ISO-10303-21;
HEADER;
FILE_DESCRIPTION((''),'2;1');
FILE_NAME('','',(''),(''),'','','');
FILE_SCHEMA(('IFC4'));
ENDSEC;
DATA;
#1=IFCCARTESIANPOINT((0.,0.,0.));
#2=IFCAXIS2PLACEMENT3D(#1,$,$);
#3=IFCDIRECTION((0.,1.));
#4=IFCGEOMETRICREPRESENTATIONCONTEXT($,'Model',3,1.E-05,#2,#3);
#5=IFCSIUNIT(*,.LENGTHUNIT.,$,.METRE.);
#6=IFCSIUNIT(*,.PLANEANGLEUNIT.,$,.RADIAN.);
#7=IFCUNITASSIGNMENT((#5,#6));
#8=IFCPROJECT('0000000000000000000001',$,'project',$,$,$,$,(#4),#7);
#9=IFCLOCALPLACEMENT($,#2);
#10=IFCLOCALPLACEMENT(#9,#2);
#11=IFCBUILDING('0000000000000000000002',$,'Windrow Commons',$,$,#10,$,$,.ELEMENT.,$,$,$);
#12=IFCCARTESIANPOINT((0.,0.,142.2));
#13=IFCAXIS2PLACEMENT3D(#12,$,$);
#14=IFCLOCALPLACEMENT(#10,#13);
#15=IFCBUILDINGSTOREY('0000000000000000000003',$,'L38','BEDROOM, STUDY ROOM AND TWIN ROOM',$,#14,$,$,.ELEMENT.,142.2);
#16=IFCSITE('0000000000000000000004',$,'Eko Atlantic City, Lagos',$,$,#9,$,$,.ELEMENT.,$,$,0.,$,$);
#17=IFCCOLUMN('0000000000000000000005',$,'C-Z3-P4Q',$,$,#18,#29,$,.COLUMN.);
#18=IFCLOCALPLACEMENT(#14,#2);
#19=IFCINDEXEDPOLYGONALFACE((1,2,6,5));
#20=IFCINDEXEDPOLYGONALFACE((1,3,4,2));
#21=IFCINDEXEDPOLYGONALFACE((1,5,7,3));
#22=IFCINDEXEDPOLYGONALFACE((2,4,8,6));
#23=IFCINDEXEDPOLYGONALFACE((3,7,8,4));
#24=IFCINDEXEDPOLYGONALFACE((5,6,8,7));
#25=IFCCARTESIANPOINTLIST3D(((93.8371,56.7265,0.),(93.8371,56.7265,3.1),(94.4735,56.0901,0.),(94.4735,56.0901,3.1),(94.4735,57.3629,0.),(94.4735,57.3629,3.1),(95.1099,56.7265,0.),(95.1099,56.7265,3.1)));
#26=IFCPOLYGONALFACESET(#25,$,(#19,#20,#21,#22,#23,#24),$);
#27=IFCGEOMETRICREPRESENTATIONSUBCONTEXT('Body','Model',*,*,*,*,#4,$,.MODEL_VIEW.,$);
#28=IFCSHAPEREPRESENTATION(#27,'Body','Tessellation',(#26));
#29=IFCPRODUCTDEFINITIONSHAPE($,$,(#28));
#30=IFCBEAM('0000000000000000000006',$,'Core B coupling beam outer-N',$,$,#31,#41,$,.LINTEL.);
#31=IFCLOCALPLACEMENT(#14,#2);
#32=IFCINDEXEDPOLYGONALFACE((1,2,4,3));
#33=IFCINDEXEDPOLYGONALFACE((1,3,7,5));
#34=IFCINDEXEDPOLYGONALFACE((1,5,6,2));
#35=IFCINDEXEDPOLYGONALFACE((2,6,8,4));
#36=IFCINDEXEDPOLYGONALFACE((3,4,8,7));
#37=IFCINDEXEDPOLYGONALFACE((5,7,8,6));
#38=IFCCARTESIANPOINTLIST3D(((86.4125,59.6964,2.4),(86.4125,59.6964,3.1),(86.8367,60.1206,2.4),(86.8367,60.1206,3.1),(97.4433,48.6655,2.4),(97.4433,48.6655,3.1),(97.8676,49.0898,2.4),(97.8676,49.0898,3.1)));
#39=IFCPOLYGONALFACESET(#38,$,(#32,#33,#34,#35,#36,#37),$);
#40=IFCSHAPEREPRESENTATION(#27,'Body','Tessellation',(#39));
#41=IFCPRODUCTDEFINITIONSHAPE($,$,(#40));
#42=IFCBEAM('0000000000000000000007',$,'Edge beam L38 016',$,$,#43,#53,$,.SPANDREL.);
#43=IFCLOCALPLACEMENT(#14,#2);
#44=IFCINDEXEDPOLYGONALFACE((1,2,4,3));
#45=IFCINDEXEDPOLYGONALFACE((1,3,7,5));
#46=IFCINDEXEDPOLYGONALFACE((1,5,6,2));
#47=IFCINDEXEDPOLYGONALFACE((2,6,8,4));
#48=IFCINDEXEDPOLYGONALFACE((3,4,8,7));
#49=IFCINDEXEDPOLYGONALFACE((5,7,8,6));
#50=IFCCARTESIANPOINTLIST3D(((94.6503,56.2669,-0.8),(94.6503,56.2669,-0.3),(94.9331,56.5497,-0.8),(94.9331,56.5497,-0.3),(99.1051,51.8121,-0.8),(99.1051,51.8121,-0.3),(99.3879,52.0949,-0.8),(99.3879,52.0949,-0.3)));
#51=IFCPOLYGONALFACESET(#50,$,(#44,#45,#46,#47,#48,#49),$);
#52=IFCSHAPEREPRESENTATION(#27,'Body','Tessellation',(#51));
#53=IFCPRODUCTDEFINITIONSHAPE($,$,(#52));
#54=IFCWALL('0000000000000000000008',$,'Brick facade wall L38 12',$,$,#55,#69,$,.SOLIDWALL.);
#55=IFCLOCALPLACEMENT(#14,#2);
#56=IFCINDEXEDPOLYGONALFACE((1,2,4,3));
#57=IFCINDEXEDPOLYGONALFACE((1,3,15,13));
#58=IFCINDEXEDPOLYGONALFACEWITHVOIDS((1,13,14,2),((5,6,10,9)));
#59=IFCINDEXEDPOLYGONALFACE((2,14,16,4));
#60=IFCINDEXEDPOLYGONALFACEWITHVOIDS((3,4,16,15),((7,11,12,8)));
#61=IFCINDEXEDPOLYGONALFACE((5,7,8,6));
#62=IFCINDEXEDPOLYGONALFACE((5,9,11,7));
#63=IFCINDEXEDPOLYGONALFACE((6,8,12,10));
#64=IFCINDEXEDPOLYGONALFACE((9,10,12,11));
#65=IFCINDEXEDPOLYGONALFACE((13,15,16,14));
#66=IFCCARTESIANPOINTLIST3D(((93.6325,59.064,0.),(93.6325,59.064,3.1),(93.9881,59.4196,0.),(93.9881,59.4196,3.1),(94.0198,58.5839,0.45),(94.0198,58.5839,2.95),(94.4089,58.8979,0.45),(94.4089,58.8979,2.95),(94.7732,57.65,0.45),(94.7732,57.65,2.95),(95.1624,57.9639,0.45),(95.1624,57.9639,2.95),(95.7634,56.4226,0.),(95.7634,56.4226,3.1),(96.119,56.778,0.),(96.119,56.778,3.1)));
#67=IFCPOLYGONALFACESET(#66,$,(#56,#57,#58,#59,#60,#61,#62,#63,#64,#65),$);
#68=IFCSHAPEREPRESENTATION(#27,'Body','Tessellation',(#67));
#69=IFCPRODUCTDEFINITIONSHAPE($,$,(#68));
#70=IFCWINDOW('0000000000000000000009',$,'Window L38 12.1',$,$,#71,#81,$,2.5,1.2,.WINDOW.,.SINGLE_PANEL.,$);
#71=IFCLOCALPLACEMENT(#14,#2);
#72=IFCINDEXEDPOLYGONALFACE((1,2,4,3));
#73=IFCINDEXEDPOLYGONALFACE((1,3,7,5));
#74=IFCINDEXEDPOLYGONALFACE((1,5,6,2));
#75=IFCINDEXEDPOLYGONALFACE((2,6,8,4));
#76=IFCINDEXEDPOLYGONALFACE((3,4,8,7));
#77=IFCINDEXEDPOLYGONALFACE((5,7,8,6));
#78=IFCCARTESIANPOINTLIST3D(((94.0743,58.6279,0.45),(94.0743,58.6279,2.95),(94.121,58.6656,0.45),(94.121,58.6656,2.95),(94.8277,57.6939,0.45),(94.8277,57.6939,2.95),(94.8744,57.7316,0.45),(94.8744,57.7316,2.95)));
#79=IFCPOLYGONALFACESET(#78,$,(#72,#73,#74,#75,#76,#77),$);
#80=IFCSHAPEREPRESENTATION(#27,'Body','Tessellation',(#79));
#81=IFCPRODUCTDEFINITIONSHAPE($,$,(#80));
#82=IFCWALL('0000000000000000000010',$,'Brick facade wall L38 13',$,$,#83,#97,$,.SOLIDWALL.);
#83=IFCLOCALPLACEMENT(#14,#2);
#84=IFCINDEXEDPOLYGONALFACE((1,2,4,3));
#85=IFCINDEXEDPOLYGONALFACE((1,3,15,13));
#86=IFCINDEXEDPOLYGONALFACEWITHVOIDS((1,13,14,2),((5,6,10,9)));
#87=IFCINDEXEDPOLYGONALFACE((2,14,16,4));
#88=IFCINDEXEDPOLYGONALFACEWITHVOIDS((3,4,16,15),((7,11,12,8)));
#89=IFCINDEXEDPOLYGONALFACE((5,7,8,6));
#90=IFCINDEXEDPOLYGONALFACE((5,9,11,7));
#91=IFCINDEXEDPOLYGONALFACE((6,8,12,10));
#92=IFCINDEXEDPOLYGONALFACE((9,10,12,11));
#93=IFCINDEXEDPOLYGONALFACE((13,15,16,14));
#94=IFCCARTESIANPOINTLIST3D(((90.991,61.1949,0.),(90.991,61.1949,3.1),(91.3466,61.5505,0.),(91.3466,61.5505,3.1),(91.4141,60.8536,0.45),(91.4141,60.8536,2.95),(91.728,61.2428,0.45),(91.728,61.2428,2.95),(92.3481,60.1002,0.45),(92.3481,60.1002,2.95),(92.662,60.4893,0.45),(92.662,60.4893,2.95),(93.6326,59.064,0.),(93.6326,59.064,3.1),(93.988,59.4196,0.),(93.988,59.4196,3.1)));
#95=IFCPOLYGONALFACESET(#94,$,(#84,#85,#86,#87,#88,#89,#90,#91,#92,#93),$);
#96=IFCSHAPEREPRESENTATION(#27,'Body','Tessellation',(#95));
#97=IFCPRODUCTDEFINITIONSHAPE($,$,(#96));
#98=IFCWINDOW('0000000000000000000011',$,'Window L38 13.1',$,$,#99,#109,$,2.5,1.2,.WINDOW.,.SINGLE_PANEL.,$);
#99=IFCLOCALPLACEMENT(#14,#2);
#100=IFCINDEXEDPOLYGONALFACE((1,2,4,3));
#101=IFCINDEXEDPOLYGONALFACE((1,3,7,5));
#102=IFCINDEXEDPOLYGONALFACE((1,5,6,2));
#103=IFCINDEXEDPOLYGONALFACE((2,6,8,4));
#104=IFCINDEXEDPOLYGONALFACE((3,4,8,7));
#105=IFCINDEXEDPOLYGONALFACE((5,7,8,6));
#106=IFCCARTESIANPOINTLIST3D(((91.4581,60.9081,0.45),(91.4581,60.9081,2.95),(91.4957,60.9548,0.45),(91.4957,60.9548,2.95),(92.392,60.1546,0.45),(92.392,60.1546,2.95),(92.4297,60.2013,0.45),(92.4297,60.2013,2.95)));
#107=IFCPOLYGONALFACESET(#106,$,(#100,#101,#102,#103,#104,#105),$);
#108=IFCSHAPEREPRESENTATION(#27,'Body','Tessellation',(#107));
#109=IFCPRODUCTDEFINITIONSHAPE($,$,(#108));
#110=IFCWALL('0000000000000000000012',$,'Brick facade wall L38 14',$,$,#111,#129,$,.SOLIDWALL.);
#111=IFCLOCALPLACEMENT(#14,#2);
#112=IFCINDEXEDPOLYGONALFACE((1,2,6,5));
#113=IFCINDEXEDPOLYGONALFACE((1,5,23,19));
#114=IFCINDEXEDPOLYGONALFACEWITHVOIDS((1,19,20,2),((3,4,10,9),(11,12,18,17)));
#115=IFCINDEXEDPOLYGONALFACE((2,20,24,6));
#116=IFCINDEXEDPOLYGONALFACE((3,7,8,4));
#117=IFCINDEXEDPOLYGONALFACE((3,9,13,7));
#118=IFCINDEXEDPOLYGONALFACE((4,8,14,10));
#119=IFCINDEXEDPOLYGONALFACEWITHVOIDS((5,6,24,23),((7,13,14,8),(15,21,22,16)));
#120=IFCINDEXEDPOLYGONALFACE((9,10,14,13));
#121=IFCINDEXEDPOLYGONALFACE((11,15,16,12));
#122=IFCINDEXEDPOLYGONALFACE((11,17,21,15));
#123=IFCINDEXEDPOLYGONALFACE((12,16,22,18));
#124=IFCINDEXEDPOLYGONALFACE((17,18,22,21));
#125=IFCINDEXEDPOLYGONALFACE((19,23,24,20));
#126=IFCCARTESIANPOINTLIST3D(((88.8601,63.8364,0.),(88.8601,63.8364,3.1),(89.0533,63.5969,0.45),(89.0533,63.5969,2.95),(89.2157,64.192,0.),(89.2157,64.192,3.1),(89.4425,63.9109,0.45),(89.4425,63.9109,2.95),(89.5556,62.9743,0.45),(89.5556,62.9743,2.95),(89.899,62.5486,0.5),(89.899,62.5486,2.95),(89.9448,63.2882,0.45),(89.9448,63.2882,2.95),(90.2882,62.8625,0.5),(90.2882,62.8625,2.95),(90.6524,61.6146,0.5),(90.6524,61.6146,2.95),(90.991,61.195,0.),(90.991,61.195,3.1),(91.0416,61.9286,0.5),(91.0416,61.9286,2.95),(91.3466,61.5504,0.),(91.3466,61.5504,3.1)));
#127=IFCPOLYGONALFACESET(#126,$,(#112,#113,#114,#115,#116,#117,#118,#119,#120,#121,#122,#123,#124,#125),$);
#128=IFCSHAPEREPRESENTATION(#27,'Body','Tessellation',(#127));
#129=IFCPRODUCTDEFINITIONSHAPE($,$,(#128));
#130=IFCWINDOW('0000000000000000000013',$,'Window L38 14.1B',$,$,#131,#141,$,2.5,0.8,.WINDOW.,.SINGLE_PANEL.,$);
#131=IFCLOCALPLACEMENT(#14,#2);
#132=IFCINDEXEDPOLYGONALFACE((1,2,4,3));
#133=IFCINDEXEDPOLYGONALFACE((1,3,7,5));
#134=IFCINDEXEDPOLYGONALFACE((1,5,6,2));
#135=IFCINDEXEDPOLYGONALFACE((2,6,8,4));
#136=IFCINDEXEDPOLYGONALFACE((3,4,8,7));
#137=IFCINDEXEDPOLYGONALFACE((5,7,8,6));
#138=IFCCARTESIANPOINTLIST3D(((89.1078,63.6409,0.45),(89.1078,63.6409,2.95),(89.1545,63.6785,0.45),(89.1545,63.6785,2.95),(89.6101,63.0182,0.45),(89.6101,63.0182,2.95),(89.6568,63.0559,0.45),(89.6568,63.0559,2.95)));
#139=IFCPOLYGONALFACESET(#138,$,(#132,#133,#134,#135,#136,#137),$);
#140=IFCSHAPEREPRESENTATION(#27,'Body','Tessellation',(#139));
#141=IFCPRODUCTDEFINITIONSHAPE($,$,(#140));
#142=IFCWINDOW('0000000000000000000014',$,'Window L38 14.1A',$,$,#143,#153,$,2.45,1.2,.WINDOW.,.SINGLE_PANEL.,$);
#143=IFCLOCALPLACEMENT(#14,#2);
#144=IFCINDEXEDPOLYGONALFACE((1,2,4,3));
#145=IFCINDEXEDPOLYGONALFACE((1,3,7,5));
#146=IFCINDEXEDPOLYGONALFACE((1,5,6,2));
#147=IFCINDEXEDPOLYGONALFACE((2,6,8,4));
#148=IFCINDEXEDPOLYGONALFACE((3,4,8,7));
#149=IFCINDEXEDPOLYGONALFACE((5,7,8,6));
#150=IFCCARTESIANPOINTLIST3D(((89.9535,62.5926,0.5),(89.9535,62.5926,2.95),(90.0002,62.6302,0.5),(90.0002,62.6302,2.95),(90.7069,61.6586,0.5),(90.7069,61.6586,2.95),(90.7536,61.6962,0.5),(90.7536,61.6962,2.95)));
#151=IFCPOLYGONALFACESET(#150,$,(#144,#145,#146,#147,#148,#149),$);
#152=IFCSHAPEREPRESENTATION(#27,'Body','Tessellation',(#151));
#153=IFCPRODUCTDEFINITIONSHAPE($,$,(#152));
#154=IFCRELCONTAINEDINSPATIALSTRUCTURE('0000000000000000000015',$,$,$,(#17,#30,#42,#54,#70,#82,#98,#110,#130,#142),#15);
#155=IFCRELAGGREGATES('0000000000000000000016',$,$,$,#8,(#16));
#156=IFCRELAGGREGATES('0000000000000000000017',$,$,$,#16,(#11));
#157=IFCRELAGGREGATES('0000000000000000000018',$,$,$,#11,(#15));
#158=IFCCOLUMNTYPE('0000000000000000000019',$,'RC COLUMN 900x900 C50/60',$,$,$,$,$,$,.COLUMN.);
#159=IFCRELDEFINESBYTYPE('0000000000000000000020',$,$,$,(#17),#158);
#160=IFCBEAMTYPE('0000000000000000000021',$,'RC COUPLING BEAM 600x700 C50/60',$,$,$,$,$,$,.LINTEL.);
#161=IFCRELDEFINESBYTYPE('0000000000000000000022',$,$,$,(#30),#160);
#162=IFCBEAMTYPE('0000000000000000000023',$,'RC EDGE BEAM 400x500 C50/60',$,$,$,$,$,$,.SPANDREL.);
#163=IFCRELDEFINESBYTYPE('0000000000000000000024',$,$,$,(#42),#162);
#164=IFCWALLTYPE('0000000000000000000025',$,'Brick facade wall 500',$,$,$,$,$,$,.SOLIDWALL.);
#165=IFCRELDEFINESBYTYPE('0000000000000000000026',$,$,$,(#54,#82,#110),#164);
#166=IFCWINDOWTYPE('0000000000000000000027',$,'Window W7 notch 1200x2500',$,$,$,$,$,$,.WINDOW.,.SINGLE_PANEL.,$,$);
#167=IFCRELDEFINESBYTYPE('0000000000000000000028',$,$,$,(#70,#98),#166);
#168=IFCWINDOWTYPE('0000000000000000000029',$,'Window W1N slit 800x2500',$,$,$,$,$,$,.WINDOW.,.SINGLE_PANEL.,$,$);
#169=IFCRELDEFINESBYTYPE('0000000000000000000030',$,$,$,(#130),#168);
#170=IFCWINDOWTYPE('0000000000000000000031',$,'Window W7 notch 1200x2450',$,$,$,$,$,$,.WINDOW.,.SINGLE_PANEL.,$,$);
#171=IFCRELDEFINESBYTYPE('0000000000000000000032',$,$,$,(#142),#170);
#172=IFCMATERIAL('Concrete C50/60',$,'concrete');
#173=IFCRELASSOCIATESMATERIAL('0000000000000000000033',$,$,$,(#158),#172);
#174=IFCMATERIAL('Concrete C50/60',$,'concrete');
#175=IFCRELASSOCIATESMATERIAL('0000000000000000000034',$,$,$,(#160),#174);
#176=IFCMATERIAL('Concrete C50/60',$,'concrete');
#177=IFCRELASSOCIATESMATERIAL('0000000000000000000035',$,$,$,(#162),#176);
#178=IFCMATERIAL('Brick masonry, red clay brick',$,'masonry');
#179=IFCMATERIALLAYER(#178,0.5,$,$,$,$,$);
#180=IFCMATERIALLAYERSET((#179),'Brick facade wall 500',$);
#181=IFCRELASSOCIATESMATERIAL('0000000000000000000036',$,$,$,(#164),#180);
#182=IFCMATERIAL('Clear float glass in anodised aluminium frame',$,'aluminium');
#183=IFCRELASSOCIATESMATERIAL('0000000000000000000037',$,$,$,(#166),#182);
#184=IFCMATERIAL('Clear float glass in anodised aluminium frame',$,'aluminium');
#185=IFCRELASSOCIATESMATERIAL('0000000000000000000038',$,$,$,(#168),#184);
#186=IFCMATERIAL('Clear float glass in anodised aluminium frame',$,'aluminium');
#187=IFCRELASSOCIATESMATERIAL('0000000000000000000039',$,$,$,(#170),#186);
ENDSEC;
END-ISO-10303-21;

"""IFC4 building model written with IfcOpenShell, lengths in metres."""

from ifc_helpers import new_model, si_unit, direction, frame, frame_2d, origin, origin_2d, place, context, subcontext, project, spatial, polyline, rectangle, outline, extrude, material, layer, layer_set, material_profile, profile_set, type_object, element, fill, save


model = new_model("IFC4")

# Units and contexts
model_context = context("Model", 3, precision=1e-05, world=origin(), true_north=direction((0.0, 1.0)))
body_context = subcontext(model_context, "Body", "Model", "MODEL_VIEW")
ifc_project = project(units=[si_unit("LENGTHUNIT", "METRE"), si_unit("PLANEANGLEUNIT", "RADIAN")], contexts=[model_context])

# Site, building, storey
site_placement = place(None, origin())
site = spatial("IfcSite", under=ifc_project, at=site_placement, Name="Eko Atlantic City, Lagos", CompositionType="ELEMENT", RefElevation=0.0)
building_placement = place(site_placement, origin())
building = spatial("IfcBuilding", under=site, at=building_placement, Name="Windrow Commons", CompositionType="ELEMENT")
storey_placement = place(building_placement, frame((0.0, 0.0, 142.2)))
storey = spatial("IfcBuildingStorey", under=building, at=storey_placement, Name="L38", Description="BEDROOM, STUDY ROOM AND TWIN ROOM", CompositionType="ELEMENT", Elevation=142.2)

# Column
ifc_material_1 = material(Name="Concrete C50/60", Category="concrete")
ifc_material_profile_1 = material_profile(ifc_material_1, rectangle(XDim=0.9, YDim=0.9, at=origin_2d()))
ifc_profile_set_1 = profile_set([ifc_material_profile_1], Name="Concrete C50/60")
column_type = type_object("IfcColumnType", Name="RC COLUMN 900x900 C50/60", PredefinedType="COLUMN", material=ifc_profile_set_1)
column_placement = place(storey_placement, frame((94.4735, 56.7265, 0.0), z_axis=(0.0, 0.0, 1.0), x_axis=(0.707107, -0.707107, 0.0)))
element("IfcColumn", 1, at=column_placement, inside=storey, type_object=column_type, Name="C-Z3-P4Q", PredefinedType="COLUMN", context=body_context, shape_type="SweptSolid", body=[
    extrude(rectangle(XDim=0.9, YDim=0.9, at=origin_2d()), origin(), (0.0, 0.0, 1.0), 3.1),
])

# Beams
ifc_material_2 = material(Name="Concrete C50/60", Category="concrete")
ifc_material_profile_2 = material_profile(ifc_material_2, rectangle(XDim=0.6, YDim=0.7, at=origin_2d()))
ifc_profile_set_2 = profile_set([ifc_material_profile_2], Name="Concrete C50/60")
beam_type_1 = type_object("IfcBeamType", Name="RC COUPLING BEAM 600x700 C50/60", PredefinedType="LINTEL", material=ifc_profile_set_2)
beam_1_placement = place(storey_placement, frame((86.6246, 59.9085, 2.75), z_axis=(0.707107, -0.707107, 0.0), x_axis=(0.707107, 0.707107, 0.0)))
element("IfcBeam", 2, at=beam_1_placement, inside=storey, type_object=beam_type_1, Name="Core B coupling beam outer-N", PredefinedType="LINTEL", context=body_context, shape_type="SweptSolid", body=[
    extrude(rectangle(XDim=0.6, YDim=0.7, at=origin_2d()), origin(), (0.0, 0.0, 1.0), 15.6),
])
ifc_material_3 = material(Name="Concrete C50/60", Category="concrete")
ifc_material_profile_3 = material_profile(ifc_material_3, rectangle(XDim=0.4, YDim=0.5, at=origin_2d()))
ifc_profile_set_3 = profile_set([ifc_material_profile_3], Name="Concrete C50/60")
beam_type_2 = type_object("IfcBeamType", Name="RC EDGE BEAM 400x500 C50/60", PredefinedType="SPANDREL", material=ifc_profile_set_3)
beam_2_placement = place(storey_placement, frame((94.7917, 56.4083, -0.55), z_axis=(0.707107, -0.707107, 0.0), x_axis=(0.707107, 0.707107, 0.0)))
element("IfcBeam", 3, at=beam_2_placement, inside=storey, type_object=beam_type_2, Name="Edge beam L38 016", PredefinedType="SPANDREL", context=body_context, shape_type="SweptSolid", body=[
    extrude(rectangle(XDim=0.4, YDim=0.5, at=origin_2d()), origin(), (0.0, 0.0, 1.0), 6.3),
])

# Walls, openings, windows
ifc_material_4 = material(Name="Brick masonry, red clay brick", Category="masonry")
ifc_layer_1 = layer(ifc_material_4, 0.5)
ifc_layer_set_1 = layer_set([ifc_layer_1], Name="Brick facade wall 500")
wall_type_1 = type_object("IfcWallType", Name="Brick facade wall 500", PredefinedType="SOLIDWALL", material=ifc_layer_set_1)
wall_1_placement = place(storey_placement, frame((95.9412, 56.6003, 0.0), z_axis=(0.0, 0.0, 1.0), x_axis=(-0.62787, 0.778318, 0.0)))
wall_1 = element("IfcWall", 4, at=wall_1_placement, inside=storey, type_object=wall_type_1, Name="Brick facade wall L38 12", PredefinedType="SOLIDWALL", context=body_context, shape_type="SweptSolid", body=[
    extrude(outline(polyline([(0.0267, -0.25), (3.4206, -0.25), (3.3671, 0.25), (-0.0267, 0.25), (0.0267, -0.25)])), origin(), (0.0, 0.0, 1.0), 3.1),
])
opening_1_placement = place(wall_1_placement, frame((1.5503, 0.0, 0.45)))
opening_1 = element("IfcOpeningElement", 5, at=opening_1_placement, cuts=wall_1, PredefinedType="OPENING", context=body_context, shape_type="SweptSolid", body=[
    extrude(rectangle(XDim=1.2, YDim=2.5, at=frame_2d((0.6, 1.25))), frame((0.0, 0.26, 0.0), z_axis=(0.0, -1.0, 0.0), x_axis=(1.0, 0.0, 0.0)), (0.0, 0.0, 1.0), 0.52),
])
ifc_material_5 = material(Name="Clear float glass in anodised aluminium frame", Category="aluminium")
window_type_1 = type_object("IfcWindowType", Name="Window W7 notch 1200x2500", PartitioningType="SINGLE_PANEL", PredefinedType="WINDOW", material=ifc_material_5)
window_1_placement = place(opening_1_placement, origin())
window_1 = element("IfcWindow", 6, at=window_1_placement, inside=storey, type_object=window_type_1, Name="Window L38 12.1", OverallHeight=2.5, OverallWidth=1.2, PartitioningType="SINGLE_PANEL", PredefinedType="WINDOW", context=body_context, shape_type="SweptSolid", body=[
    extrude(rectangle(XDim=1.2, YDim=2.5, at=frame_2d((0.6, 1.25))), frame((0.0, 0.18, 0.0), z_axis=(0.0, -1.0, 0.0), x_axis=(1.0, 0.0, 0.0)), (0.0, 0.0, 1.0), 0.06),
])
fill(opening_1, window_1)
wall_2_placement = place(storey_placement, frame((93.8103, 59.2418, 0.0), z_axis=(0.0, 0.0, 1.0), x_axis=(-0.778318, 0.62787, 0.0)))
wall_2 = element("IfcWall", 7, at=wall_2_placement, inside=storey, type_object=wall_type_1, Name="Brick facade wall L38 13", PredefinedType="SOLIDWALL", context=body_context, shape_type="SweptSolid", body=[
    extrude(outline(polyline([(-0.0267, -0.25), (3.3671, -0.25), (3.4206, 0.25), (0.0267, 0.25), (-0.0267, -0.25)])), origin(), (0.0, 0.0, 1.0), 3.1),
])
opening_2_placement = place(wall_2_placement, frame((1.677, 0.0, 0.45)))
opening_2 = element("IfcOpeningElement", 8, at=opening_2_placement, cuts=wall_2, PredefinedType="OPENING", context=body_context, shape_type="SweptSolid", body=[
    extrude(rectangle(XDim=1.2, YDim=2.5, at=frame_2d((0.6, 1.25))), frame((0.0, 0.26, 0.0), z_axis=(0.0, -1.0, 0.0), x_axis=(1.0, 0.0, 0.0)), (0.0, 0.0, 1.0), 0.52),
])
window_2_placement = place(opening_2_placement, origin())
window_2 = element("IfcWindow", 9, at=window_2_placement, inside=storey, type_object=window_type_1, Name="Window L38 13.1", OverallHeight=2.5, OverallWidth=1.2, PartitioningType="SINGLE_PANEL", PredefinedType="WINDOW", context=body_context, shape_type="SweptSolid", body=[
    extrude(rectangle(XDim=1.2, YDim=2.5, at=frame_2d((0.6, 1.25))), frame((0.0, 0.18, 0.0), z_axis=(0.0, -1.0, 0.0), x_axis=(1.0, 0.0, 0.0)), (0.0, 0.0, 1.0), 0.06),
])
fill(opening_2, window_2)

# Wall, openings, windows
wall_3_placement = place(storey_placement, frame((91.1688, 61.3727, 0.0), z_axis=(0.0, 0.0, 1.0), x_axis=(-0.62787, 0.778318, 0.0)))
wall_3 = element("IfcWall", 10, at=wall_3_placement, inside=storey, type_object=wall_type_1, Name="Brick facade wall L38 14", PredefinedType="SOLIDWALL", context=body_context, shape_type="SweptSolid", body=[
    extrude(outline(polyline([(0.0267, -0.25), (3.4206, -0.25), (3.3671, 0.25), (-0.0267, 0.25), (0.0267, -0.25)])), origin(), (0.0, 0.0, 1.0), 3.1),
])
opening_3_placement = place(wall_3_placement, frame((0.5125, 0.0, 0.5)))
opening_3 = element("IfcOpeningElement", 11, at=opening_3_placement, cuts=wall_3, PredefinedType="OPENING", context=body_context, shape_type="SweptSolid", body=[
    extrude(rectangle(XDim=1.2, YDim=2.45, at=frame_2d((0.6, 1.225))), frame((0.0, 0.26, 0.0), z_axis=(0.0, -1.0, 0.0), x_axis=(1.0, 0.0, 0.0)), (0.0, 0.0, 1.0), 0.52),
])
opening_4_placement = place(wall_3_placement, frame((2.2594, 0.0, 0.45)))
opening_4 = element("IfcOpeningElement", 12, at=opening_4_placement, cuts=wall_3, PredefinedType="OPENING", context=body_context, shape_type="SweptSolid", body=[
    extrude(rectangle(XDim=0.8, YDim=2.5, at=frame_2d((0.4, 1.25))), frame((0.0, 0.26, 0.0), z_axis=(0.0, -1.0, 0.0), x_axis=(1.0, 0.0, 0.0)), (0.0, 0.0, 1.0), 0.52),
])
ifc_material_6 = material(Name="Clear float glass in anodised aluminium frame", Category="aluminium")
window_type_2 = type_object("IfcWindowType", Name="Window W1N slit 800x2500", PartitioningType="SINGLE_PANEL", PredefinedType="WINDOW", material=ifc_material_6)
window_3_placement = place(opening_4_placement, origin())
window_3 = element("IfcWindow", 13, at=window_3_placement, inside=storey, type_object=window_type_2, Name="Window L38 14.1B", OverallHeight=2.5, OverallWidth=0.8, PartitioningType="SINGLE_PANEL", PredefinedType="WINDOW", context=body_context, shape_type="SweptSolid", body=[
    extrude(rectangle(XDim=0.8, YDim=2.5, at=frame_2d((0.4, 1.25))), frame((0.0, 0.18, 0.0), z_axis=(0.0, -1.0, 0.0), x_axis=(1.0, 0.0, 0.0)), (0.0, 0.0, 1.0), 0.06),
])
fill(opening_4, window_3)
ifc_material_7 = material(Name="Clear float glass in anodised aluminium frame", Category="aluminium")
window_type_3 = type_object("IfcWindowType", Name="Window W7 notch 1200x2450", PartitioningType="SINGLE_PANEL", PredefinedType="WINDOW", material=ifc_material_7)
window_4_placement = place(opening_3_placement, origin())
window_4 = element("IfcWindow", 14, at=window_4_placement, inside=storey, type_object=window_type_3, Name="Window L38 14.1A", OverallHeight=2.45, OverallWidth=1.2, PartitioningType="SINGLE_PANEL", PredefinedType="WINDOW", context=body_context, shape_type="SweptSolid", body=[
    extrude(rectangle(XDim=1.2, YDim=2.45, at=frame_2d((0.6, 1.225))), frame((0.0, 0.18, 0.0), z_axis=(0.0, -1.0, 0.0), x_axis=(1.0, 0.0, 0.0)), (0.0, 0.0, 1.0), 0.06),
])
fill(opening_3, window_4)

save(model, "model.ifc")
